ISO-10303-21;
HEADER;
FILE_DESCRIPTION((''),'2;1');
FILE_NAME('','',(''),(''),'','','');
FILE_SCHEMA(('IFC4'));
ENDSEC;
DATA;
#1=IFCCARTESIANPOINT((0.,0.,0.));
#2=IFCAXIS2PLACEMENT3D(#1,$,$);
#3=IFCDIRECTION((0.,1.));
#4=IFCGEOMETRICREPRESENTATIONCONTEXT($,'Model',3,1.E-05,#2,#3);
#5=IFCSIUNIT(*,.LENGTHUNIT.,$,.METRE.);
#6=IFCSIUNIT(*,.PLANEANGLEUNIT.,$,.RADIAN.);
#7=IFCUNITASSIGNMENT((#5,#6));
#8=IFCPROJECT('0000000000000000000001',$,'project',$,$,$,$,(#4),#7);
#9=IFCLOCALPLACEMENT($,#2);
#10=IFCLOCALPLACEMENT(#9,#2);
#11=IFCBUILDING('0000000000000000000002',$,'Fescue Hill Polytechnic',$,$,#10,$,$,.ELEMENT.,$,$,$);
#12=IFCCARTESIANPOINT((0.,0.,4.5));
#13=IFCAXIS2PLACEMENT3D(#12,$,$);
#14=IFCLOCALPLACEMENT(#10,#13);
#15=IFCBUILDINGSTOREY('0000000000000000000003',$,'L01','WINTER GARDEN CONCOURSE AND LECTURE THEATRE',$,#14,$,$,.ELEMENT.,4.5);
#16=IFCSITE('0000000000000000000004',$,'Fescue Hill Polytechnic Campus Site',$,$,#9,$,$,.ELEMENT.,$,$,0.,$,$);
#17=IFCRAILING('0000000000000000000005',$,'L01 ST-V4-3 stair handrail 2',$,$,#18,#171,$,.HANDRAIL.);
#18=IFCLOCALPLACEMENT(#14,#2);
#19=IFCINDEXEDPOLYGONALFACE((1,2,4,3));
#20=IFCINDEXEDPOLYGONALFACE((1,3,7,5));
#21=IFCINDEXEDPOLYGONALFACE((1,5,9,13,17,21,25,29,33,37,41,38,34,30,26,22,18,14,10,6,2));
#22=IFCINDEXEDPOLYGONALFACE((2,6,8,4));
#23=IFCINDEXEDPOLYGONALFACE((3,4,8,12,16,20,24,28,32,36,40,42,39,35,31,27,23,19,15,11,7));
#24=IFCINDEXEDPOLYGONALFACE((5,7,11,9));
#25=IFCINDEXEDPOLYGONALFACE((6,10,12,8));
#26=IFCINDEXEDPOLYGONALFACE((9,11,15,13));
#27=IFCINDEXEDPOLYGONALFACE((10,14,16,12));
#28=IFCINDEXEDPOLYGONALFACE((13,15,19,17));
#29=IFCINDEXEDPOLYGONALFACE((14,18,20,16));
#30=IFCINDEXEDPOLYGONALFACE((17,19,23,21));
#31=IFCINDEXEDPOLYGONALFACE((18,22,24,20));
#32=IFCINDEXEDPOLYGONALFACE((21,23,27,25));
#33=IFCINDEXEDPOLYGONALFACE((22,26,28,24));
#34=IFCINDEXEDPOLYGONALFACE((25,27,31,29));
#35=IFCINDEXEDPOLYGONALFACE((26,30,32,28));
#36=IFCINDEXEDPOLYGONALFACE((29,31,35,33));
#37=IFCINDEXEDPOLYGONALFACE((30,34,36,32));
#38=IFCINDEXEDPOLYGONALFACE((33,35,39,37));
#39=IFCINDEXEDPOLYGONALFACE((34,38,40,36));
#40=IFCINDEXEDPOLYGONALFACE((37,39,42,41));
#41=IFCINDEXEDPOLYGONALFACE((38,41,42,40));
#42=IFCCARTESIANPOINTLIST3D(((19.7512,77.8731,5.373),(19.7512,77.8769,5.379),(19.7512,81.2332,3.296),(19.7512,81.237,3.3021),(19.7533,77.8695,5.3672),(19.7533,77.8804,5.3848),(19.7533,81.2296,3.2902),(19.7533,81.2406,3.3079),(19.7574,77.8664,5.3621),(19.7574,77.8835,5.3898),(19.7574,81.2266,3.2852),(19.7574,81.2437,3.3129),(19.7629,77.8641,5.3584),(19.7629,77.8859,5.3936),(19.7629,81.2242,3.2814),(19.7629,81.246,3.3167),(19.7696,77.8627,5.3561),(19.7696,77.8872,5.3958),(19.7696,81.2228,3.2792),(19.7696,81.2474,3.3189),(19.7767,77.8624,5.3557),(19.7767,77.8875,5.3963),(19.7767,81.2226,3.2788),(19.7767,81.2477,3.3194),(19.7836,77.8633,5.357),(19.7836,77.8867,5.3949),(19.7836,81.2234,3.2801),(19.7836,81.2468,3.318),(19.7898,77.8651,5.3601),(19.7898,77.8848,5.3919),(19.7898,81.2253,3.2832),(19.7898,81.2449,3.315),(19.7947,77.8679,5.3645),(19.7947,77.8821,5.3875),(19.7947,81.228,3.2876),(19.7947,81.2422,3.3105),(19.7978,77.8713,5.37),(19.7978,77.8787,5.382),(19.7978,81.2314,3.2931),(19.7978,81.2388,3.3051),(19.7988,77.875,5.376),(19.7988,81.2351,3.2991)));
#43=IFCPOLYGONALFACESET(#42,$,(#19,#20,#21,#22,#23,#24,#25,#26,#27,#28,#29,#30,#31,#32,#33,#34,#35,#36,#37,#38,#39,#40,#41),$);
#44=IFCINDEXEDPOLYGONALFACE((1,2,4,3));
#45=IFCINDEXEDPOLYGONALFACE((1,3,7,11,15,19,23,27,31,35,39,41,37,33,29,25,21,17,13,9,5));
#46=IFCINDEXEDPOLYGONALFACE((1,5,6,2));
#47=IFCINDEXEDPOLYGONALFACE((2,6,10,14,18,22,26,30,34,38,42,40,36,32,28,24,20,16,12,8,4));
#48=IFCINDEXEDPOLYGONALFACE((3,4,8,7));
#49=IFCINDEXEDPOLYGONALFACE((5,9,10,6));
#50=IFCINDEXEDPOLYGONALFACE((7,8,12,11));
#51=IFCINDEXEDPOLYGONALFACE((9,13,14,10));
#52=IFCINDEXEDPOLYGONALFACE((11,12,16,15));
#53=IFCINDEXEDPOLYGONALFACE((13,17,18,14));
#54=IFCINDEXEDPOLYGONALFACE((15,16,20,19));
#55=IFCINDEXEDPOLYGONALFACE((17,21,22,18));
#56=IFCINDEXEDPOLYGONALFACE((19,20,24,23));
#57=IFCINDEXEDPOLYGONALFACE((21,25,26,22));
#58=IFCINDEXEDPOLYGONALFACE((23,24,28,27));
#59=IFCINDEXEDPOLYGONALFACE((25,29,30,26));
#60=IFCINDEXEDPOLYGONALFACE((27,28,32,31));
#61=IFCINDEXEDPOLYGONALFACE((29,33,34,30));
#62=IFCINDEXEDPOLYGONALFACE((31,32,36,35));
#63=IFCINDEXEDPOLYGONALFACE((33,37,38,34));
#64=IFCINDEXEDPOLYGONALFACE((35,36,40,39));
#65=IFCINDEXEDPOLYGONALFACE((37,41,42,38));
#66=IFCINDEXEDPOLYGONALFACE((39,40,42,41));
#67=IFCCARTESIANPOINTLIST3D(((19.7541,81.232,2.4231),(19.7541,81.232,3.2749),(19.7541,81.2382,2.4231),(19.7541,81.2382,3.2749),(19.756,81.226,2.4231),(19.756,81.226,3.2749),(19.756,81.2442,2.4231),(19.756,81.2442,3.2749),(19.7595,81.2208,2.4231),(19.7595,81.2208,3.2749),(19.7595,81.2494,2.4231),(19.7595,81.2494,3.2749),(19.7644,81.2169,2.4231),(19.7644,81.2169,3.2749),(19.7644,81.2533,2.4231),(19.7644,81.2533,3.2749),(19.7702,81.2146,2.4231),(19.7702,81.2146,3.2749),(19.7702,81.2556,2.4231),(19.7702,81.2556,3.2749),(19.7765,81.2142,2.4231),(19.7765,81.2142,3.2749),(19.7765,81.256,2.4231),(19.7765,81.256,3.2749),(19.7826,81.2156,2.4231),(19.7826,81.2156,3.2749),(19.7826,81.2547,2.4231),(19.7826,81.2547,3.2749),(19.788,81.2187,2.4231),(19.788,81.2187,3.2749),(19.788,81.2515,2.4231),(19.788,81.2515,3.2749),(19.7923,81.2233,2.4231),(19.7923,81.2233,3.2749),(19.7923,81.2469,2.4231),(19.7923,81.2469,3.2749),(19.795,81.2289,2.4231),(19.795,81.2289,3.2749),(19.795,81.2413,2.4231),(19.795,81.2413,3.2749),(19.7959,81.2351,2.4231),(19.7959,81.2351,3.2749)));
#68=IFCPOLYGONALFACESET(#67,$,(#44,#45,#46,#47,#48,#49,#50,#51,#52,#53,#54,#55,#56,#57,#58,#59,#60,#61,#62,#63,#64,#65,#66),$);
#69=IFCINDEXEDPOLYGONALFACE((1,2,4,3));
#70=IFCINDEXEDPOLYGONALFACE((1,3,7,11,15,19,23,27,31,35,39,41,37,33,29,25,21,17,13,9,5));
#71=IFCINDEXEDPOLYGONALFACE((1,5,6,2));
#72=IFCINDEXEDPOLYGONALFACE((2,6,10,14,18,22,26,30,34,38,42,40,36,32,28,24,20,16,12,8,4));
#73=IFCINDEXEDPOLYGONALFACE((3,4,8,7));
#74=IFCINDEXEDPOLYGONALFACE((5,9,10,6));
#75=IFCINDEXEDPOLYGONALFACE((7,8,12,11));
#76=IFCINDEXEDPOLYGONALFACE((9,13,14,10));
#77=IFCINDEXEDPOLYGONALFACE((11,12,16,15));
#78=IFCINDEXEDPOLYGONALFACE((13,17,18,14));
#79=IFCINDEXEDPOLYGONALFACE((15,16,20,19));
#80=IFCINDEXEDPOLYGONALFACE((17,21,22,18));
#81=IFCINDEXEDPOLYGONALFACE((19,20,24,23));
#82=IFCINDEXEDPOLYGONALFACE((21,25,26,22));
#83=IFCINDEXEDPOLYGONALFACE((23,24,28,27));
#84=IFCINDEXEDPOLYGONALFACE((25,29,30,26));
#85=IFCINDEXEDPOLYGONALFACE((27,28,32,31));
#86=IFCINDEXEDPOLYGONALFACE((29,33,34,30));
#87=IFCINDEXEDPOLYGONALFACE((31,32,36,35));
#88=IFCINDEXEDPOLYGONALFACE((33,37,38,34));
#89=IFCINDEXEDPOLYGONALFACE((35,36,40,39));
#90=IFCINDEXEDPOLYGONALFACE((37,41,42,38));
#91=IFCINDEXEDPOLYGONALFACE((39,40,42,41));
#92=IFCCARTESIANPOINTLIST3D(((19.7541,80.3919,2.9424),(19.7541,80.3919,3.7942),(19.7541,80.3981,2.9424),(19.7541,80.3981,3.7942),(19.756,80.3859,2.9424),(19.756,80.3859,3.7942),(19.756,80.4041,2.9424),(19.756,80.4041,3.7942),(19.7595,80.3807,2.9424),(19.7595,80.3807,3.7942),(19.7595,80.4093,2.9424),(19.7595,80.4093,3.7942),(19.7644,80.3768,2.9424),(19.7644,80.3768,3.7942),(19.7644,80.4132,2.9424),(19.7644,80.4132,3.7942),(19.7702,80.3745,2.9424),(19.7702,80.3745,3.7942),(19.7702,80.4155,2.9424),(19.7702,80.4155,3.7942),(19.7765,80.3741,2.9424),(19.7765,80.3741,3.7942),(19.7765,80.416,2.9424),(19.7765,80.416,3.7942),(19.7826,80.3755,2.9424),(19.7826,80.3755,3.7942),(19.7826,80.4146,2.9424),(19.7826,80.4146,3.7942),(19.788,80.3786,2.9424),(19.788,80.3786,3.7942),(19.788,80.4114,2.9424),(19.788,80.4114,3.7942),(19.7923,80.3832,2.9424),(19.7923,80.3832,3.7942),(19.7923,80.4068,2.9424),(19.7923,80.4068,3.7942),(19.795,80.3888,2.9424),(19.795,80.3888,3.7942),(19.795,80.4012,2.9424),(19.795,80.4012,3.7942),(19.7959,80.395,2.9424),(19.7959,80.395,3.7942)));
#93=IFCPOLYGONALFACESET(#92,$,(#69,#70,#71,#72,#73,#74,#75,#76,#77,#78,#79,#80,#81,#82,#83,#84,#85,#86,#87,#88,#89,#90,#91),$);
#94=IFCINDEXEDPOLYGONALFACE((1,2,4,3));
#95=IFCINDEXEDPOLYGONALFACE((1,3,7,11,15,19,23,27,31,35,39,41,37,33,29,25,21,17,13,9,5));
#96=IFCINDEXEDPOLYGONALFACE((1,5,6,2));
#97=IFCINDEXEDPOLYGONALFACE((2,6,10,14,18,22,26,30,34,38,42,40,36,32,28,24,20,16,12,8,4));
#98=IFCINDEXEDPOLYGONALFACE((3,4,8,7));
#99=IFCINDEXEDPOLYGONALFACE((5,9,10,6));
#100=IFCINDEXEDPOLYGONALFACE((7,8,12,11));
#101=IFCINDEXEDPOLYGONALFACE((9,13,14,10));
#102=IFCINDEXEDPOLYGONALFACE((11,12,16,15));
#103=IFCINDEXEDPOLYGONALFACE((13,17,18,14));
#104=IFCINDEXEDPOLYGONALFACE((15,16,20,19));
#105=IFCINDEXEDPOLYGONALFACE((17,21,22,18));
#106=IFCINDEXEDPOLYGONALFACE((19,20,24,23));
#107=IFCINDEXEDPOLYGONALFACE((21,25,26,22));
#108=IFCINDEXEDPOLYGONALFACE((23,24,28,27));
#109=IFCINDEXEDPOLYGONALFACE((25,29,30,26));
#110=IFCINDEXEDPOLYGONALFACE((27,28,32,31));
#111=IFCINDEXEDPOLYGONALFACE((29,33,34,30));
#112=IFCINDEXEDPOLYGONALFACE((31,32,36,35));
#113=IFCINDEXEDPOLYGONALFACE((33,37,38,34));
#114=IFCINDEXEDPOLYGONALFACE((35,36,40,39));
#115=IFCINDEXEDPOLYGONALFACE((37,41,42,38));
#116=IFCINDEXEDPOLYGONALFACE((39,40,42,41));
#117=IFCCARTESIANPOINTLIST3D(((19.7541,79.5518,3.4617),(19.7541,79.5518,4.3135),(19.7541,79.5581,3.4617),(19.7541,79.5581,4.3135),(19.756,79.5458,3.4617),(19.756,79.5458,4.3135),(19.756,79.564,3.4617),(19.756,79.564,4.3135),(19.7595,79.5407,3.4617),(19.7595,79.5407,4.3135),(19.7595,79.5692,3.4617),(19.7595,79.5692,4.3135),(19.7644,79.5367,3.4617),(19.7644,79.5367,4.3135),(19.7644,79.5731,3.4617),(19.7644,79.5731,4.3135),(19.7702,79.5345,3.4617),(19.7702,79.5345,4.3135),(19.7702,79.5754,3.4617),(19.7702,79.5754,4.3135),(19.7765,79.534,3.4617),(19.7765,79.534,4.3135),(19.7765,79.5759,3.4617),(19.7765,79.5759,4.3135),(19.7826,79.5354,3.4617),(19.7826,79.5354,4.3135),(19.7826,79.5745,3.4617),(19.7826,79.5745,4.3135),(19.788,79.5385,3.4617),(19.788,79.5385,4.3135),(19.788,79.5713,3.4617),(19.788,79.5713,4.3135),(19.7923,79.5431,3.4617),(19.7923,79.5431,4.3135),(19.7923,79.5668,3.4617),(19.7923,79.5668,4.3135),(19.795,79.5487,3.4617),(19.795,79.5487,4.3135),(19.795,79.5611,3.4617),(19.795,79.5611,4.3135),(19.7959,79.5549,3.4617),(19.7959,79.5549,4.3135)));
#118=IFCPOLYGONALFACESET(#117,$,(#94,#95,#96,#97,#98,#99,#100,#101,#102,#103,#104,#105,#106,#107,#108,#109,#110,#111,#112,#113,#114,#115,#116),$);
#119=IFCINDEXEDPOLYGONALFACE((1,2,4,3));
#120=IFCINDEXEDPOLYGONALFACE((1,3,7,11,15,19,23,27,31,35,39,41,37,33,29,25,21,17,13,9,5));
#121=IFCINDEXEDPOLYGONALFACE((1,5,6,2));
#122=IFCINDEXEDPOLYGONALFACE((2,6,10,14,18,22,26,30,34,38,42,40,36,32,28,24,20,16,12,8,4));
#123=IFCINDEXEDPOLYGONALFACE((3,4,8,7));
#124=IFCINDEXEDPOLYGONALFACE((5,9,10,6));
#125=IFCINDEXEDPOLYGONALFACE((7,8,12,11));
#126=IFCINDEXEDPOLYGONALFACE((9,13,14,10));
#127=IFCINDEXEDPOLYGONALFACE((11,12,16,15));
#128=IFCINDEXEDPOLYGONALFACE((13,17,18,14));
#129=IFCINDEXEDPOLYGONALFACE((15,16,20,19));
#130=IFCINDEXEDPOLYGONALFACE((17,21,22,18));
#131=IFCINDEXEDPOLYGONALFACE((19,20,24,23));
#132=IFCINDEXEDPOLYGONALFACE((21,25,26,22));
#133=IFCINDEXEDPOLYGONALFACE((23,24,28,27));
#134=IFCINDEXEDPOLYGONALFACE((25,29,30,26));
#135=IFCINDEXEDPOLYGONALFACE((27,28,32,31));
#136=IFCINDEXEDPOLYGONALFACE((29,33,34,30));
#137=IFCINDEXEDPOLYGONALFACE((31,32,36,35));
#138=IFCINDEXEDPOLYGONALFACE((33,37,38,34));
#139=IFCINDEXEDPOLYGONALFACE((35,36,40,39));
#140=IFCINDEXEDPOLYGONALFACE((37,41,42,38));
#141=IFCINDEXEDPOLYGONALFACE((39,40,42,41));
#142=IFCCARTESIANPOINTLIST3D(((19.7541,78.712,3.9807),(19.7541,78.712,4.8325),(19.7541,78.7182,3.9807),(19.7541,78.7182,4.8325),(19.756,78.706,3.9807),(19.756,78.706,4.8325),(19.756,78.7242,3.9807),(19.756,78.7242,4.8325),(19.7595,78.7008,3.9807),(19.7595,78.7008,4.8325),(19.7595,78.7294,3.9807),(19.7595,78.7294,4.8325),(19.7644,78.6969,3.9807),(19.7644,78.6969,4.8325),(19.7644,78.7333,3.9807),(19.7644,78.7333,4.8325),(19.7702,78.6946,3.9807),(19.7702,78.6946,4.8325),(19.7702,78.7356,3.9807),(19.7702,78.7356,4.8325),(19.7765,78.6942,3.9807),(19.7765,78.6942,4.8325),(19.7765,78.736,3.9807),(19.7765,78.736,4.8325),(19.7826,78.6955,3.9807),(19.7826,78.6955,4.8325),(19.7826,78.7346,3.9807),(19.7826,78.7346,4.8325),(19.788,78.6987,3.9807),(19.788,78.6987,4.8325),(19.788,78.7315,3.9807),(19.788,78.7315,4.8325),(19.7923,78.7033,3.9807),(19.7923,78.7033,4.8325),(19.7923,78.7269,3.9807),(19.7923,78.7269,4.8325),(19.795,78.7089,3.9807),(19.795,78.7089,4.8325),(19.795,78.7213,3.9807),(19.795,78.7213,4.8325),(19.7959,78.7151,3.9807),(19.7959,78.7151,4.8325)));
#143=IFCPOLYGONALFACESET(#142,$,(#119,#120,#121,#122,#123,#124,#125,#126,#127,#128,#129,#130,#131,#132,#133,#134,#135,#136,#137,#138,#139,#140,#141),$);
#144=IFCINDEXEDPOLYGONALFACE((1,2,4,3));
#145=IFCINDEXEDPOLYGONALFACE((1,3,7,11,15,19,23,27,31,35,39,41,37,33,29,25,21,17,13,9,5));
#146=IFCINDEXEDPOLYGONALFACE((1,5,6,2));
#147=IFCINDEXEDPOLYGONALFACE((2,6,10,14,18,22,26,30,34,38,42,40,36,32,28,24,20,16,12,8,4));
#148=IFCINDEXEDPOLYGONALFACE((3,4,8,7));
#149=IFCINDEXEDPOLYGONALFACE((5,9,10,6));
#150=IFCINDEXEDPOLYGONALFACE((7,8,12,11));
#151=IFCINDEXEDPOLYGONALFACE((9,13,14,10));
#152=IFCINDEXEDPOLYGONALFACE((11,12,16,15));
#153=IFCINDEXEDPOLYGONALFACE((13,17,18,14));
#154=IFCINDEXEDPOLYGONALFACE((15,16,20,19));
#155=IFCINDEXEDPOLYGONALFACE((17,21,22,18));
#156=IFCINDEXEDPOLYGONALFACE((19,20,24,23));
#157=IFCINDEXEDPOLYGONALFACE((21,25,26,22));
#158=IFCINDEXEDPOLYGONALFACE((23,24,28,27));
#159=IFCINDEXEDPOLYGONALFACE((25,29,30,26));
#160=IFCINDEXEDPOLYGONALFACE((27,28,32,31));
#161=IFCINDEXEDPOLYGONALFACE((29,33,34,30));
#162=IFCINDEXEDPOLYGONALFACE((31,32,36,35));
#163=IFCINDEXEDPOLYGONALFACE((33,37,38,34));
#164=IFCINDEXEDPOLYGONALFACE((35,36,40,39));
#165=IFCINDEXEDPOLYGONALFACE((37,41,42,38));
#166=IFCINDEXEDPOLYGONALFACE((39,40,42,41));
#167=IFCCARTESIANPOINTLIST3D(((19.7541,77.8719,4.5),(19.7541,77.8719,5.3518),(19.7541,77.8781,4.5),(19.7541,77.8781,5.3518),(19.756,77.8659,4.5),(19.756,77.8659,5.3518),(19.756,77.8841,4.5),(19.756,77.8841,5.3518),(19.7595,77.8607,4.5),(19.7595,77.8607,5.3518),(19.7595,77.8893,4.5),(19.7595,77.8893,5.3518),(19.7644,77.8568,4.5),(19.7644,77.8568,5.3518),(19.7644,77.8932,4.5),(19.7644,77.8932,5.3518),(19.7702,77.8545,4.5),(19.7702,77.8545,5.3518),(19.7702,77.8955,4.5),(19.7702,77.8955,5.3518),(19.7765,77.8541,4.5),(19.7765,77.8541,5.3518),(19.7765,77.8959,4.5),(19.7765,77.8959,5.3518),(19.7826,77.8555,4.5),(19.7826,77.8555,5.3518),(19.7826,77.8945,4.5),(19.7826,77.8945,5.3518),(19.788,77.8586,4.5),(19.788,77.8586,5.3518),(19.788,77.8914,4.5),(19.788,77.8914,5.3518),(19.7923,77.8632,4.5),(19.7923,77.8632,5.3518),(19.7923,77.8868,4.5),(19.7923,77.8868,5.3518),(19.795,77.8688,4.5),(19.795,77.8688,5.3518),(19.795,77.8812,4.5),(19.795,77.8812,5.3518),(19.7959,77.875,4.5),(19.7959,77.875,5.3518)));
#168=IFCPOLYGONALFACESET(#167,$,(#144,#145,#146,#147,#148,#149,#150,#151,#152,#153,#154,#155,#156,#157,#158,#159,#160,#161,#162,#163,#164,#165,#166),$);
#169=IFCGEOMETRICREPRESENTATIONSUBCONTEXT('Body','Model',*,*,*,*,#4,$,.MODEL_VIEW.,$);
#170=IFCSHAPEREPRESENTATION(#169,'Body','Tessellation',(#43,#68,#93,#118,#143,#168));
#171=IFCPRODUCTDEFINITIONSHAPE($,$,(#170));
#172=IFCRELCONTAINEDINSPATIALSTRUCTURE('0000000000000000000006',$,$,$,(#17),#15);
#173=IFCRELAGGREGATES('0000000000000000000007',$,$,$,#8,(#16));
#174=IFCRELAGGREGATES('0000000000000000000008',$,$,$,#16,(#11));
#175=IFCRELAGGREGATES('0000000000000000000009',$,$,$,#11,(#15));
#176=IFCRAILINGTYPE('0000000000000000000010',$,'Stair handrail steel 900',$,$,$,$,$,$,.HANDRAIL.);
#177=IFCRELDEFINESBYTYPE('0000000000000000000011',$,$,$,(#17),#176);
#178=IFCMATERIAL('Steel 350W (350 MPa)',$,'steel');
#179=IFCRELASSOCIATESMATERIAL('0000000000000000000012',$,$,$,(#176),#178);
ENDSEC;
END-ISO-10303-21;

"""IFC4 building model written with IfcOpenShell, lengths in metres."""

from ifc_helpers import new_model, si_unit, direction, frame, origin, origin_2d, place, context, subcontext, project, spatial, circle, extrude, material, type_object, element, save


model = new_model("IFC4")

# Units and contexts
model_context = context("Model", 3, precision=1e-05, world=origin(), true_north=direction((0.0, 1.0)))
body_context = subcontext(model_context, "Body", "Model", "MODEL_VIEW")
ifc_project = project(units=[si_unit("LENGTHUNIT", "METRE"), si_unit("PLANEANGLEUNIT", "RADIAN")], contexts=[model_context])

# Site, building, storey
site_placement = place(None, origin())
site = spatial("IfcSite", under=ifc_project, at=site_placement, Name="Fescue Hill Polytechnic Campus Site", CompositionType="ELEMENT", RefElevation=0.0)
building_placement = place(site_placement, origin())
building = spatial("IfcBuilding", under=site, at=building_placement, Name="Fescue Hill Polytechnic", CompositionType="ELEMENT")
storey_placement = place(building_placement, frame((0.0, 0.0, 4.5)))
storey = spatial("IfcBuildingStorey", under=building, at=storey_placement, Name="L01", Description="WINTER GARDEN CONCOURSE AND LECTURE THEATRE", CompositionType="ELEMENT", Elevation=4.5)

# Railing
ifc_material_1 = material(Name="Steel 350W (350 MPa)", Category="steel")
railing_type_1 = type_object("IfcRailingType", Name="Stair handrail steel 900", PredefinedType="HANDRAIL", material=ifc_material_1)
for number, where, name in (
    (1, (19.7749, 81.2351, 2.4231), "L01 ST-V4-3 stair handrail 2"),
):
    element("IfcRailing", number, at=place(storey_placement, frame(where)), inside=storey, type_object=railing_type_1, Name=name, PredefinedType="HANDRAIL", context=body_context, shape_type="SweptSolid", body=[
        extrude(circle(Radius=0.0239, at=origin_2d()), frame((0.0, 0.0, 0.876), z_axis=(0.0, -0.850623, 0.525776), x_axis=(1.0, 0.0, 0.0)), (0.0, 0.0, 1.0), 3.9502),
        extrude(circle(Radius=0.021, at=origin_2d()), origin(), (0.0, 0.0, 1.0), 0.8518),
        extrude(circle(Radius=0.021, at=origin_2d()), frame((0.0, -0.8401, 0.5193)), (0.0, 0.0, 1.0), 0.8518),
        extrude(circle(Radius=0.021, at=origin_2d()), frame((0.0, -1.6802, 1.0386)), (0.0, 0.0, 1.0), 0.8518),
        extrude(circle(Radius=0.021, at=origin_2d()), frame((0.0, -2.52, 1.5576)), (0.0, 0.0, 1.0), 0.8518),
        extrude(circle(Radius=0.021, at=origin_2d()), frame((0.0, -3.3601, 2.0769)), (0.0, 0.0, 1.0), 0.8518),
    ])

save(model, "model.ifc")
